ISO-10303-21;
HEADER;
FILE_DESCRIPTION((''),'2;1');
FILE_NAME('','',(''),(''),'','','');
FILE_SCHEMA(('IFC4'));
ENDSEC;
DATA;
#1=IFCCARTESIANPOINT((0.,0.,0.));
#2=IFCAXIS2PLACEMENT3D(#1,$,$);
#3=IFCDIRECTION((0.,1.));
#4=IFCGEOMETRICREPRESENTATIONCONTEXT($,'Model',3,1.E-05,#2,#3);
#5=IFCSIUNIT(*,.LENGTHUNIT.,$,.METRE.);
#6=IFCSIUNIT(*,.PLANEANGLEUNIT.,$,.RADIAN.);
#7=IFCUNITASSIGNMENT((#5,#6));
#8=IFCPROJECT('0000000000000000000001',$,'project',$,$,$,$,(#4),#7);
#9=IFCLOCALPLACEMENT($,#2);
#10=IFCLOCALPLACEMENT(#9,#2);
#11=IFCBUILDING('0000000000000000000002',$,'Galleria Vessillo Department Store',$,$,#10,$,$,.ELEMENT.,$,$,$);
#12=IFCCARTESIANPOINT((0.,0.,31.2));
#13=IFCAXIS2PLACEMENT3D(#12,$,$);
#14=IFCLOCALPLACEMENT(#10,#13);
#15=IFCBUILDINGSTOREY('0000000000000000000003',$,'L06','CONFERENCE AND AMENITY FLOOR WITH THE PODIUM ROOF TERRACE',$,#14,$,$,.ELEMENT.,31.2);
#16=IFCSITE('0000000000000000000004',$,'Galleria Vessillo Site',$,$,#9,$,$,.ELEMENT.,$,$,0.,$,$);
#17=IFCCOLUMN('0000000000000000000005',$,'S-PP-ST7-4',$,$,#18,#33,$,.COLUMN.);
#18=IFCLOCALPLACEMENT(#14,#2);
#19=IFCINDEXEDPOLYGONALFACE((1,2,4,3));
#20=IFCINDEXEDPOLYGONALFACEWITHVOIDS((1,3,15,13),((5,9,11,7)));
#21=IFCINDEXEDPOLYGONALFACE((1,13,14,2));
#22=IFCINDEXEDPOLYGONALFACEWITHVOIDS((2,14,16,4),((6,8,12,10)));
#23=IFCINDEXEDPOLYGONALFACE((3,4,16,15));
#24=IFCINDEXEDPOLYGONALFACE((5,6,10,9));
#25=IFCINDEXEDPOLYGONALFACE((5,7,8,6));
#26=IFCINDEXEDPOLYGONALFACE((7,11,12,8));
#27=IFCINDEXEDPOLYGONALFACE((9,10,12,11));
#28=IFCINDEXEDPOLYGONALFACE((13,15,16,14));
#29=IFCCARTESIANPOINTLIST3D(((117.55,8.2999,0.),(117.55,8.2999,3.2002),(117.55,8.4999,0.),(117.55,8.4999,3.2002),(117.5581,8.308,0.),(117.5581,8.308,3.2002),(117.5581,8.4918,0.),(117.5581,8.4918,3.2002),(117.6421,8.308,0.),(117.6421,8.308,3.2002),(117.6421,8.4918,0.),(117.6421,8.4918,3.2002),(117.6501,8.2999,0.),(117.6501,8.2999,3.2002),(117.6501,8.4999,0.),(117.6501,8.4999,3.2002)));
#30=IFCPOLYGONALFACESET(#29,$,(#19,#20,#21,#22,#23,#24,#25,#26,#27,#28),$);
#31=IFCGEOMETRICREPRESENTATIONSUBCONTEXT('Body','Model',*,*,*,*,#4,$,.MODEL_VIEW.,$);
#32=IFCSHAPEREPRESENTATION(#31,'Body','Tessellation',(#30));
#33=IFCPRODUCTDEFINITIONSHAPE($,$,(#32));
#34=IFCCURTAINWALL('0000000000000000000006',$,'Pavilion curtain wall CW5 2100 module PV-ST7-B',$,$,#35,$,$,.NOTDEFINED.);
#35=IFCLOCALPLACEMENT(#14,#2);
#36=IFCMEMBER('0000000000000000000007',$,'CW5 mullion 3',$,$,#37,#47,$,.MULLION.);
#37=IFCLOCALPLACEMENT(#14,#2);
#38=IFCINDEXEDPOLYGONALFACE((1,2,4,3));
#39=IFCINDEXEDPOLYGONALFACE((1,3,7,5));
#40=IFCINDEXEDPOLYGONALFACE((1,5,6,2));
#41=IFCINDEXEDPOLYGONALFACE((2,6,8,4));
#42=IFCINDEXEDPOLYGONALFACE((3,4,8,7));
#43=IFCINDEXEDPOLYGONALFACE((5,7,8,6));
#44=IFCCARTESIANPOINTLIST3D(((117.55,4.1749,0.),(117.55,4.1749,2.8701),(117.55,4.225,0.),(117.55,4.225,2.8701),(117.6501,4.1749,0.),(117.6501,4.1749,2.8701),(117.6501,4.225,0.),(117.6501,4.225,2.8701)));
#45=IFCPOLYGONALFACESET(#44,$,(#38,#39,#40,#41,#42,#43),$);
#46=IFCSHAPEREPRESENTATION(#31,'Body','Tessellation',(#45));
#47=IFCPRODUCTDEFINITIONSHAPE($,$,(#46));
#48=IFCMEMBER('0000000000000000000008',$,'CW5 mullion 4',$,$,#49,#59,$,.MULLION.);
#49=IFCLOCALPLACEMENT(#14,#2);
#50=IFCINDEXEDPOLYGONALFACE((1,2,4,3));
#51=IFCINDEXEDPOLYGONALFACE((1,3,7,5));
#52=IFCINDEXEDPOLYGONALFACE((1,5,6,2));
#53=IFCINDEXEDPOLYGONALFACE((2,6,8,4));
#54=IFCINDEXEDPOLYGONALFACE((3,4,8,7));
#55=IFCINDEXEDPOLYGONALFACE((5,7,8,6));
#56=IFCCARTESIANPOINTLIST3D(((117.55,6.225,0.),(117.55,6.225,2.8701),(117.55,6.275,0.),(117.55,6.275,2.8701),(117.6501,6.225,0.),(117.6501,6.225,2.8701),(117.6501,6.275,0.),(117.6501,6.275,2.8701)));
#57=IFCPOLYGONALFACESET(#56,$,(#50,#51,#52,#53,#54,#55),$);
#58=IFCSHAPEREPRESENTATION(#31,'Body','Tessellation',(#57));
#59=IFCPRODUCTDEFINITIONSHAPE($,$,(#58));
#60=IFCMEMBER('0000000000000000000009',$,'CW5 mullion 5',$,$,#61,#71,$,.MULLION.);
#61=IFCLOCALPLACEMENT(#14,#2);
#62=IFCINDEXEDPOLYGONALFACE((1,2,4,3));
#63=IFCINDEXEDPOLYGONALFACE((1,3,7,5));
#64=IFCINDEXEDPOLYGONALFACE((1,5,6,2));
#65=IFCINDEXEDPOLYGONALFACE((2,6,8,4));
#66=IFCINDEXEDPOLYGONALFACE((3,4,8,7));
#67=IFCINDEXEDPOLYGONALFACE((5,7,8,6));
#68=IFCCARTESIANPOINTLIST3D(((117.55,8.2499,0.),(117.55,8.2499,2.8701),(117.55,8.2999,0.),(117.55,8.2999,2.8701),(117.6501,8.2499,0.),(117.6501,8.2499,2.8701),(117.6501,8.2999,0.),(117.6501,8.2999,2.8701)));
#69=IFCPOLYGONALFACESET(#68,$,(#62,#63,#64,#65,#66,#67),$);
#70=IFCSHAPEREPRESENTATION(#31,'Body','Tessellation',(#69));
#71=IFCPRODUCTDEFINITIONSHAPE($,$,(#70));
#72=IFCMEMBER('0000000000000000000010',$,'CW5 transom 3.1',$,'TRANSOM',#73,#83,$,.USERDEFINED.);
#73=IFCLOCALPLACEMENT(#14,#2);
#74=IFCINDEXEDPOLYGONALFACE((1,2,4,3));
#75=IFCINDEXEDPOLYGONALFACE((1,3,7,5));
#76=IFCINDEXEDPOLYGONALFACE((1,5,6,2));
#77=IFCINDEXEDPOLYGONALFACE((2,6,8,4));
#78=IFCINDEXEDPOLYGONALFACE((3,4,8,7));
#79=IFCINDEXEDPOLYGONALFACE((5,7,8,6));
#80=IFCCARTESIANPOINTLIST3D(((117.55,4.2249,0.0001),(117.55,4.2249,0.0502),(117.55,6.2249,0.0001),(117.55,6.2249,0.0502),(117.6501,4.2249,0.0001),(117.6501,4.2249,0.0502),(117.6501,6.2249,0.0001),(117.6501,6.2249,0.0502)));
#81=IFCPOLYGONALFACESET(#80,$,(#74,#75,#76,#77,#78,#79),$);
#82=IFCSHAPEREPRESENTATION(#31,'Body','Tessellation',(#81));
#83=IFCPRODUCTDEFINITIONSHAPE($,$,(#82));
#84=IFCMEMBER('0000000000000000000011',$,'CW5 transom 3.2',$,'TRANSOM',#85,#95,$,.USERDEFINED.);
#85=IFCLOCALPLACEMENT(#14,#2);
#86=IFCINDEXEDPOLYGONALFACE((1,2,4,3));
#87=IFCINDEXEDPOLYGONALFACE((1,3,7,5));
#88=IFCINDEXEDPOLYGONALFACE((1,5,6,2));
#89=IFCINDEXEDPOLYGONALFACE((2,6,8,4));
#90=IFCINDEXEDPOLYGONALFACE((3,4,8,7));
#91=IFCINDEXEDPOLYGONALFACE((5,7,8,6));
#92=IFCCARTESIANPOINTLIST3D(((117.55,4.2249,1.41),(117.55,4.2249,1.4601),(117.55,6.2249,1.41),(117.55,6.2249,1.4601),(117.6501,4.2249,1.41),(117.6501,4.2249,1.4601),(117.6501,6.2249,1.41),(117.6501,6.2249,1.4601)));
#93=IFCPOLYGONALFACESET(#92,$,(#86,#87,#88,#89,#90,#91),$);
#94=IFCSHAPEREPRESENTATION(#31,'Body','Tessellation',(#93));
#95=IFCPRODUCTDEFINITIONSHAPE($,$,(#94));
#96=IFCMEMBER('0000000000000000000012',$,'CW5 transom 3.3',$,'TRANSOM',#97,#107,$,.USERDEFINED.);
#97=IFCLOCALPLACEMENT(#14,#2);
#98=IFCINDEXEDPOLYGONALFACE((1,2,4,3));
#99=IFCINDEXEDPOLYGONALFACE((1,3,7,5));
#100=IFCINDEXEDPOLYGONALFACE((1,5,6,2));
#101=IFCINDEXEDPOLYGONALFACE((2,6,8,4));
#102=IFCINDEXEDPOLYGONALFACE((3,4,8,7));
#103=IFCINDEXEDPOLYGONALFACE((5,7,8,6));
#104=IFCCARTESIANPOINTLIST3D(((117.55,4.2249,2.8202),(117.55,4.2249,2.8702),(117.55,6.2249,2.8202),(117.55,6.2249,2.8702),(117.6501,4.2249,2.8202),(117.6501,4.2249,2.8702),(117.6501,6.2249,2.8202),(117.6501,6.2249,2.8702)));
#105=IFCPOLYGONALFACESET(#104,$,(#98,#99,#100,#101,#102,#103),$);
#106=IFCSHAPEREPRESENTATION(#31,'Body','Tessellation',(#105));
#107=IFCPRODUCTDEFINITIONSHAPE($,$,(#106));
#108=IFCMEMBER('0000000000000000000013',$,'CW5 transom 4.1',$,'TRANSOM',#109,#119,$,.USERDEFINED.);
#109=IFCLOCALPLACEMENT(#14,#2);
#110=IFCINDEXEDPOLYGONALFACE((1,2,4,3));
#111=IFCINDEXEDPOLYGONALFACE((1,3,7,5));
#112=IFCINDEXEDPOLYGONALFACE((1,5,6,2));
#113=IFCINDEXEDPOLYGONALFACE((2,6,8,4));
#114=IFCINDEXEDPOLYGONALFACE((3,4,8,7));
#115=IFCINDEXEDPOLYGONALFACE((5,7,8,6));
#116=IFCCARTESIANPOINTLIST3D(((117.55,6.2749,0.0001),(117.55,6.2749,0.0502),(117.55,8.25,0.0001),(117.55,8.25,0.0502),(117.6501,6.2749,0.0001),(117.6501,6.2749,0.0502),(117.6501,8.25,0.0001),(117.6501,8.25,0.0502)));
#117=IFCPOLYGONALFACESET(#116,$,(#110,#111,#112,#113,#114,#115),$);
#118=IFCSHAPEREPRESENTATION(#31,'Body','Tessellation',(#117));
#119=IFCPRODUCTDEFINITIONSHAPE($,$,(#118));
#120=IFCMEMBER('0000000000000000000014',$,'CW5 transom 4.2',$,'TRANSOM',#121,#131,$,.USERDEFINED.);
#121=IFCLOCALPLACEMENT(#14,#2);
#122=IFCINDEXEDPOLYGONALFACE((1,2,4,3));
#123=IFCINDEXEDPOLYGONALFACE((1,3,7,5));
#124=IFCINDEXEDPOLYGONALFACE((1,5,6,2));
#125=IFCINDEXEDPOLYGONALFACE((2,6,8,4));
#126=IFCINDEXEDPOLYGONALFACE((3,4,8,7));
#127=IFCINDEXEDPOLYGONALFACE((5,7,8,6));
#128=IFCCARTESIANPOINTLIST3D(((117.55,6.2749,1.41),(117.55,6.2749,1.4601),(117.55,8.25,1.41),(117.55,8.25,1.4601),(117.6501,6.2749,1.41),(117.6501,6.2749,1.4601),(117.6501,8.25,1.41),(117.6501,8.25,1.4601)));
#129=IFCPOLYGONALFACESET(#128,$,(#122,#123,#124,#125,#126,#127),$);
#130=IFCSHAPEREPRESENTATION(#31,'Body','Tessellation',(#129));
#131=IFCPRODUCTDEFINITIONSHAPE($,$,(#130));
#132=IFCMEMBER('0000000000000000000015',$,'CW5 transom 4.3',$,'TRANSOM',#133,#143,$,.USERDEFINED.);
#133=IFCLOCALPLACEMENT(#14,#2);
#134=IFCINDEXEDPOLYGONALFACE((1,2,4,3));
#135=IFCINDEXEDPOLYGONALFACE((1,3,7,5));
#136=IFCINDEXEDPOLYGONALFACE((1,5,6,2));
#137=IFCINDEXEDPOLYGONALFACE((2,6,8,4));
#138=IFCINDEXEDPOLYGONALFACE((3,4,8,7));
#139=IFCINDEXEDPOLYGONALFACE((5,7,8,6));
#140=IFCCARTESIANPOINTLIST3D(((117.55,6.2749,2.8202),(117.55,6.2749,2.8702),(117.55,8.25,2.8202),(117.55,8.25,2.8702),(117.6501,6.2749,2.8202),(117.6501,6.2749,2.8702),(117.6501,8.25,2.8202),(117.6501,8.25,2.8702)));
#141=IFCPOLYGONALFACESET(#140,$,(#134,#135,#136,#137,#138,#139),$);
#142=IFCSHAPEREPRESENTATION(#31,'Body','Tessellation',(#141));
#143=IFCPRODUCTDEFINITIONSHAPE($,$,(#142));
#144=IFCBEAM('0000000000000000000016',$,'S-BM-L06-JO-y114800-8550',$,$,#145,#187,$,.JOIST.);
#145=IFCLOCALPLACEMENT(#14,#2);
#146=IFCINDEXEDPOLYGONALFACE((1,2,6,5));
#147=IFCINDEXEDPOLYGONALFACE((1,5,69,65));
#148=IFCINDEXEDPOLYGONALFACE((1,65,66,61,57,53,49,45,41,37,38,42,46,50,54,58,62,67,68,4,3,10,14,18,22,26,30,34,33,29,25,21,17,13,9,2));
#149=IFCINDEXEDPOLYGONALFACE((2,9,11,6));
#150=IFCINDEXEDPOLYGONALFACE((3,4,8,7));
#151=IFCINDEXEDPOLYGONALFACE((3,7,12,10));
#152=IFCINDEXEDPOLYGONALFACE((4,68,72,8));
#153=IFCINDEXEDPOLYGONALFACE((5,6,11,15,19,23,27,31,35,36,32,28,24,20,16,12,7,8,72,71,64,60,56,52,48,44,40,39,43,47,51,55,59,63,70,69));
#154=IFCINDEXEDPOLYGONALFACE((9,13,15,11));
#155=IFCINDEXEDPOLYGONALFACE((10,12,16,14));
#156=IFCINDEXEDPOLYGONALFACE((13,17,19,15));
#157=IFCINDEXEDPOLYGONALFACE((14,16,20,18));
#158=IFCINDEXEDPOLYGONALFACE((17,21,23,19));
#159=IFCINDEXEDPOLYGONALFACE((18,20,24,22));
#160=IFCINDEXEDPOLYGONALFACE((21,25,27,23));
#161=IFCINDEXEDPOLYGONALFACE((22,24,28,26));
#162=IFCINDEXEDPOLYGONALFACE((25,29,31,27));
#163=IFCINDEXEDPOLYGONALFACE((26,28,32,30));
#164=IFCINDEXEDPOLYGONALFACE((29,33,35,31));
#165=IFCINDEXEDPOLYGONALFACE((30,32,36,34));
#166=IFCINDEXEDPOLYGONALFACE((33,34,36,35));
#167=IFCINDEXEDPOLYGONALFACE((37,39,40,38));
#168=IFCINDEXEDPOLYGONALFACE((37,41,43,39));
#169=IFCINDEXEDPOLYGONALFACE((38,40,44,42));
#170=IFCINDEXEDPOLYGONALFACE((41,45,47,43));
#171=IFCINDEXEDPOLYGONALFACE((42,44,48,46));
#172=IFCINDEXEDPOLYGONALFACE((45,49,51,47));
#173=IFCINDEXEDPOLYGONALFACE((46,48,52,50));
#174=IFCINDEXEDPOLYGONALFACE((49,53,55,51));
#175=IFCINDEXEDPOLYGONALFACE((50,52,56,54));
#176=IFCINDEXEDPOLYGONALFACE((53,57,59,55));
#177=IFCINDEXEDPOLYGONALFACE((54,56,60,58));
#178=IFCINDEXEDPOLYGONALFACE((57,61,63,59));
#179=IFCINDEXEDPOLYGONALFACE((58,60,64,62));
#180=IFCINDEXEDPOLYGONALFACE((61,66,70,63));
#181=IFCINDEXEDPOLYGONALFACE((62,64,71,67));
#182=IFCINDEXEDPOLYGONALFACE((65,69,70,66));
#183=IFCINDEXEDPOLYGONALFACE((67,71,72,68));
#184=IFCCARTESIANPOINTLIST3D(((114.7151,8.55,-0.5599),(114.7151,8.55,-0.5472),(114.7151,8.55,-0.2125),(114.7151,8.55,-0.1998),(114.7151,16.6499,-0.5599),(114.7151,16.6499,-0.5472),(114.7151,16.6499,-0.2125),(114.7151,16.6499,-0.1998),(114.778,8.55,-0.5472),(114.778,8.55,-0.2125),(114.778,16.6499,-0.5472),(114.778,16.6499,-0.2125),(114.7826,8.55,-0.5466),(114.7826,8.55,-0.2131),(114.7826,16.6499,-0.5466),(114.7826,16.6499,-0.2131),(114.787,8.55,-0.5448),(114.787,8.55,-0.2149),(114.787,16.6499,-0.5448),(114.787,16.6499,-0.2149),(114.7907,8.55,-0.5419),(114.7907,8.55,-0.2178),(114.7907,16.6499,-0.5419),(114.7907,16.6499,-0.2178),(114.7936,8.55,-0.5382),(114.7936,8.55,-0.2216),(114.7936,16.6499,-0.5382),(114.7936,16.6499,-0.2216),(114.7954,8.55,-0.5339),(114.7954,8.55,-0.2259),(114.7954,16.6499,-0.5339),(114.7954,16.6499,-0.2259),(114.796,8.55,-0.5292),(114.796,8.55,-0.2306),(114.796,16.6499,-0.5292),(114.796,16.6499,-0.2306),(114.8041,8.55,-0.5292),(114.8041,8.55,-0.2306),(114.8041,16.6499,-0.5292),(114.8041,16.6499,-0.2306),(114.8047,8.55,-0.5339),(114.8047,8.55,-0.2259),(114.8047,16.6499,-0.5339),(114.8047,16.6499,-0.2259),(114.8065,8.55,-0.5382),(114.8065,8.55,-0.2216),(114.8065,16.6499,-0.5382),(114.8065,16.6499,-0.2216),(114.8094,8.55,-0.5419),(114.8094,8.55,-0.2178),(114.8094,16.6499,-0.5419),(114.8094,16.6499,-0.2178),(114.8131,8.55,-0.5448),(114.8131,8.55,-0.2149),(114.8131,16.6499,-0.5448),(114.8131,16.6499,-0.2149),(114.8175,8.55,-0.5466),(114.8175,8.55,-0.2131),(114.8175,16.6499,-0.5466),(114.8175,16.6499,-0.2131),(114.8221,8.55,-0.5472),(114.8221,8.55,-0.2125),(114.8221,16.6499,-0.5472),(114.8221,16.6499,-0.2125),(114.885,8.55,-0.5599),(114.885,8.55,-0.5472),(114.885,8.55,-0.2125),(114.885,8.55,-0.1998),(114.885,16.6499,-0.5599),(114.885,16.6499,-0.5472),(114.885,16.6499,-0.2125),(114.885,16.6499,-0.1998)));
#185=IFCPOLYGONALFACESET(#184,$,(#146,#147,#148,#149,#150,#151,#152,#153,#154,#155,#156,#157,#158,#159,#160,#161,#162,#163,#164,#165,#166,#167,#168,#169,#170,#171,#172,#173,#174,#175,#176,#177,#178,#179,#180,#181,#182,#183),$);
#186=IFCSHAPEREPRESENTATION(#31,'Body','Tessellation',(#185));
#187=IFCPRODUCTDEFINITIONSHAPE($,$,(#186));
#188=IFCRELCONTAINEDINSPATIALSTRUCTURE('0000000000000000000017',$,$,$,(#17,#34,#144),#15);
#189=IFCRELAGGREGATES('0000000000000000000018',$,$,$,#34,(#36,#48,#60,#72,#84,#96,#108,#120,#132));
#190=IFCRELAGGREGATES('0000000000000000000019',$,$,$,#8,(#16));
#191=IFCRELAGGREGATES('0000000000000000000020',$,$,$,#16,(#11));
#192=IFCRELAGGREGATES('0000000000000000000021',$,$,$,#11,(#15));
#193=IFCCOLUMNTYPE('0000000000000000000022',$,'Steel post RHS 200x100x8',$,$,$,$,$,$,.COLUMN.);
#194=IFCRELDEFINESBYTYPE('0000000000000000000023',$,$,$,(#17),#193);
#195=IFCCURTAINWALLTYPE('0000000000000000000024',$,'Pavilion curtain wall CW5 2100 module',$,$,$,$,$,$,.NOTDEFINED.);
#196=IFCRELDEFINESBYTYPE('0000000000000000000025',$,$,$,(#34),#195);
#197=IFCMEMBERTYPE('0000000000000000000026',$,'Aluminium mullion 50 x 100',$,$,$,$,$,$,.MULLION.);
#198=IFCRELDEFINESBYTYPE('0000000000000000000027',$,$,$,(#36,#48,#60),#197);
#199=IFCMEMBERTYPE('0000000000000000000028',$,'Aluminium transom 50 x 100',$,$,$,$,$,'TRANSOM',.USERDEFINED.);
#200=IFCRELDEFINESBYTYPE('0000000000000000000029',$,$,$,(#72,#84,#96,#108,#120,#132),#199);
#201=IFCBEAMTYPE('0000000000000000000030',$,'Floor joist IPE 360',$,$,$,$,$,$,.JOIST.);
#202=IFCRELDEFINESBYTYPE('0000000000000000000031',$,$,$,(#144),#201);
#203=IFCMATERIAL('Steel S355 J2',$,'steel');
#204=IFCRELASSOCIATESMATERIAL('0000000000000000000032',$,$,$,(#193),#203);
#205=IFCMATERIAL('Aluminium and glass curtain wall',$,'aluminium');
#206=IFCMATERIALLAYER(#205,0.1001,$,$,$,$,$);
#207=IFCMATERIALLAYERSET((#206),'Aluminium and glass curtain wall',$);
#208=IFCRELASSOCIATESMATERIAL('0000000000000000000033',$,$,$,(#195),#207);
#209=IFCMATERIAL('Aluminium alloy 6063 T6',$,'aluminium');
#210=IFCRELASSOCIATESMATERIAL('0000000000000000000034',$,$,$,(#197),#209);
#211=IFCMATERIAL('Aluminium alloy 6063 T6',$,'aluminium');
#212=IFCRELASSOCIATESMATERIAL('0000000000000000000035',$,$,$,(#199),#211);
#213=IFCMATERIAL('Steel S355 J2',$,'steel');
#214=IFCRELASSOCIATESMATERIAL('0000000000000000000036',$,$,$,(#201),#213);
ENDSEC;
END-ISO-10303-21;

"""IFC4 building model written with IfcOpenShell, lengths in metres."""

from ifc_helpers import new_model, si_unit, direction, frame, origin, origin_2d, place, context, subcontext, project, spatial, rectangle, hollow_rectangle, i_section, extrude, material, layer, layer_set, material_profile, profile_set, type_object, element, aggregate, save


model = new_model("IFC4")

# Units and contexts
model_context = context("Model", 3, precision=1e-05, world=origin(), true_north=direction((0.0, 1.0)))
body_context = subcontext(model_context, "Body", "Model", "MODEL_VIEW")
ifc_project = project(units=[si_unit("LENGTHUNIT", "METRE"), si_unit("PLANEANGLEUNIT", "RADIAN")], contexts=[model_context])

# Site, building, storey
site_placement = place(None, origin())
site = spatial("IfcSite", under=ifc_project, at=site_placement, Name="Galleria Vessillo Site", CompositionType="ELEMENT", RefElevation=0.0)
building_placement = place(site_placement, origin())
building = spatial("IfcBuilding", under=site, at=building_placement, Name="Galleria Vessillo Department Store", CompositionType="ELEMENT")
storey_placement = place(building_placement, frame((0.0, 0.0, 31.2)))
storey = spatial("IfcBuildingStorey", under=building, at=storey_placement, Name="L06", Description="CONFERENCE AND AMENITY FLOOR WITH THE PODIUM ROOF TERRACE", CompositionType="ELEMENT", Elevation=31.2)

# Column
ifc_material_1 = material(Name="Steel S355 J2", Category="steel")
ifc_material_profile_1 = material_profile(ifc_material_1, hollow_rectangle(XDim=0.1001, YDim=0.2, WallThickness=0.0081, at=origin_2d()), Name="RHS 200x100x8")
ifc_profile_set_1 = profile_set([ifc_material_profile_1], Name="Steel S355 J2")
column_type = type_object("IfcColumnType", Name="Steel post RHS 200x100x8", PredefinedType="COLUMN", material=ifc_profile_set_1)
column_placement = place(storey_placement, frame((117.6001, 8.3999, 0.0), z_axis=(0.0, 0.0, 1.0), x_axis=(1.0, 0.0, 0.0)))
element("IfcColumn", 1, at=column_placement, inside=storey, type_object=column_type, Name="S-PP-ST7-4", PredefinedType="COLUMN", context=body_context, shape_type="SweptSolid", body=[
    extrude(hollow_rectangle(XDim=0.1001, YDim=0.2, WallThickness=0.0081, at=origin_2d()), origin(), (0.0, 0.0, 1.0), 3.2002),
])

# Curtain wall, members
ifc_material_2 = material(Name="Aluminium and glass curtain wall", Category="aluminium")
ifc_layer_1 = layer(ifc_material_2, 0.1001)
ifc_layer_set_1 = layer_set([ifc_layer_1], Name="Aluminium and glass curtain wall")
curtain_wall_type = type_object("IfcCurtainWallType", Name="Pavilion curtain wall CW5 2100 module", PredefinedType="NOTDEFINED", material=ifc_layer_set_1)
curtain_wall_placement = place(storey_placement, origin())
curtain_wall = element("IfcCurtainWall", 2, at=curtain_wall_placement, inside=storey, type_object=curtain_wall_type, Name="Pavilion curtain wall CW5 2100 module PV-ST7-B", PredefinedType="NOTDEFINED")
ifc_material_3 = material(Name="Aluminium alloy 6063 T6", Category="aluminium")
ifc_material_profile_2 = material_profile(ifc_material_3, rectangle(XDim=0.1001, YDim=0.05, at=origin_2d()), Name="AL 50x100")
ifc_profile_set_2 = profile_set([ifc_material_profile_2], Name="Aluminium alloy 6063 T6")
member_type_1 = type_object("IfcMemberType", Name="Aluminium mullion 50 x 100", PredefinedType="MULLION", material=ifc_profile_set_2)
member_1_placement = place(storey_placement, frame((117.6001, 4.2, 0.0), z_axis=(0.0, 0.0, 1.0), x_axis=(-1.0, 0.0, 0.0)))
member_1 = element("IfcMember", 3, at=member_1_placement, type_object=member_type_1, Name="CW5 mullion 3", PredefinedType="MULLION", context=body_context, shape_type="SweptSolid", body=[
    extrude(rectangle(XDim=0.1001, YDim=0.05, at=origin_2d()), origin(), (0.0, 0.0, 1.0), 2.8701),
])
member_2_placement = place(storey_placement, frame((117.6001, 6.25, 0.0), z_axis=(0.0, 0.0, 1.0), x_axis=(-1.0, 0.0, 0.0)))
member_2 = element("IfcMember", 4, at=member_2_placement, type_object=member_type_1, Name="CW5 mullion 4", PredefinedType="MULLION", context=body_context, shape_type="SweptSolid", body=[
    extrude(rectangle(XDim=0.1001, YDim=0.05, at=origin_2d()), origin(), (0.0, 0.0, 1.0), 2.8701),
])
member_3_placement = place(storey_placement, frame((117.6001, 8.2749, 0.0), z_axis=(0.0, 0.0, 1.0), x_axis=(-1.0, 0.0, 0.0)))
member_3 = element("IfcMember", 5, at=member_3_placement, type_object=member_type_1, Name="CW5 mullion 5", PredefinedType="MULLION", context=body_context, shape_type="SweptSolid", body=[
    extrude(rectangle(XDim=0.1001, YDim=0.05, at=origin_2d()), origin(), (0.0, 0.0, 1.0), 2.8701),
])
ifc_material_4 = material(Name="Aluminium alloy 6063 T6", Category="aluminium")
ifc_material_profile_3 = material_profile(ifc_material_4, rectangle(XDim=0.1001, YDim=0.05, at=origin_2d()), Name="AL 50x100")
ifc_profile_set_3 = profile_set([ifc_material_profile_3], Name="Aluminium alloy 6063 T6")
member_type_2 = type_object("IfcMemberType", Name="Aluminium transom 50 x 100", ElementType="TRANSOM", PredefinedType="USERDEFINED", material=ifc_profile_set_3)
member_4_placement = place(storey_placement, frame((117.6001, 4.2249, 0.0251), z_axis=(0.0, 1.0, 0.0), x_axis=(-1.0, 0.0, 0.0)))
member_4 = element("IfcMember", 6, at=member_4_placement, type_object=member_type_2, Name="CW5 transom 3.1", ObjectType="TRANSOM", PredefinedType="USERDEFINED", context=body_context, shape_type="SweptSolid", body=[
    extrude(rectangle(XDim=0.1001, YDim=0.05, at=origin_2d()), origin(), (0.0, 0.0, 1.0), 2.0),
])
member_5_placement = place(storey_placement, frame((117.6001, 4.2249, 1.4351), z_axis=(0.0, 1.0, 0.0), x_axis=(-1.0, 0.0, 0.0)))
member_5 = element("IfcMember", 7, at=member_5_placement, type_object=member_type_2, Name="CW5 transom 3.2", ObjectType="TRANSOM", PredefinedType="USERDEFINED", context=body_context, shape_type="SweptSolid", body=[
    extrude(rectangle(XDim=0.1001, YDim=0.05, at=origin_2d()), origin(), (0.0, 0.0, 1.0), 2.0),
])
member_6_placement = place(storey_placement, frame((117.6001, 4.2249, 2.8452), z_axis=(0.0, 1.0, 0.0), x_axis=(-1.0, 0.0, 0.0)))
member_6 = element("IfcMember", 8, at=member_6_placement, type_object=member_type_2, Name="CW5 transom 3.3", ObjectType="TRANSOM", PredefinedType="USERDEFINED", context=body_context, shape_type="SweptSolid", body=[
    extrude(rectangle(XDim=0.1001, YDim=0.05, at=origin_2d()), origin(), (0.0, 0.0, 1.0), 2.0),
])
member_7_placement = place(storey_placement, frame((117.6001, 6.2749, 0.0251), z_axis=(0.0, 1.0, 0.0), x_axis=(-1.0, 0.0, 0.0)))
member_7 = element("IfcMember", 9, at=member_7_placement, type_object=member_type_2, Name="CW5 transom 4.1", ObjectType="TRANSOM", PredefinedType="USERDEFINED", context=body_context, shape_type="SweptSolid", body=[
    extrude(rectangle(XDim=0.1001, YDim=0.05, at=origin_2d()), origin(), (0.0, 0.0, 1.0), 1.9751),
])
member_8_placement = place(storey_placement, frame((117.6001, 6.2749, 1.4351), z_axis=(0.0, 1.0, 0.0), x_axis=(-1.0, 0.0, 0.0)))
member_8 = element("IfcMember", 10, at=member_8_placement, type_object=member_type_2, Name="CW5 transom 4.2", ObjectType="TRANSOM", PredefinedType="USERDEFINED", context=body_context, shape_type="SweptSolid", body=[
    extrude(rectangle(XDim=0.1001, YDim=0.05, at=origin_2d()), origin(), (0.0, 0.0, 1.0), 1.9751),
])
member_9_placement = place(storey_placement, frame((117.6001, 6.2749, 2.8452), z_axis=(0.0, 1.0, 0.0), x_axis=(-1.0, 0.0, 0.0)))
member_9 = element("IfcMember", 11, at=member_9_placement, type_object=member_type_2, Name="CW5 transom 4.3", ObjectType="TRANSOM", PredefinedType="USERDEFINED", context=body_context, shape_type="SweptSolid", body=[
    extrude(rectangle(XDim=0.1001, YDim=0.05, at=origin_2d()), origin(), (0.0, 0.0, 1.0), 1.9751),
])

# Beam
ifc_material_5 = material(Name="Steel S355 J2", Category="steel")
ifc_material_profile_4 = material_profile(ifc_material_5, i_section(OverallWidth=0.1699, OverallDepth=0.3601, WebThickness=0.0081, FlangeThickness=0.0127, FilletRadius=0.0181, at=origin_2d()), Name="IPE 360")
ifc_profile_set_4 = profile_set([ifc_material_profile_4], Name="Steel S355 J2")
beam_type = type_object("IfcBeamType", Name="Floor joist IPE 360", PredefinedType="JOIST", material=ifc_profile_set_4)
beam_placement = place(storey_placement, frame((114.8, 8.55, -0.3799), z_axis=(0.0, 1.0, 0.0), x_axis=(-1.0, 0.0, 0.0)))
element("IfcBeam", 12, at=beam_placement, inside=storey, type_object=beam_type, Name="S-BM-L06-JO-y114800-8550", PredefinedType="JOIST", context=body_context, shape_type="SweptSolid", body=[
    extrude(i_section(OverallWidth=0.1699, OverallDepth=0.3601, WebThickness=0.0081, FlangeThickness=0.0127, FilletRadius=0.0181, at=origin_2d()), origin(), (0.0, 0.0, 1.0), 8.0999),
])

aggregate(curtain_wall, [member_1, member_2, member_3, member_4, member_5, member_6, member_7, member_8, member_9])

save(model, "model.ifc")
